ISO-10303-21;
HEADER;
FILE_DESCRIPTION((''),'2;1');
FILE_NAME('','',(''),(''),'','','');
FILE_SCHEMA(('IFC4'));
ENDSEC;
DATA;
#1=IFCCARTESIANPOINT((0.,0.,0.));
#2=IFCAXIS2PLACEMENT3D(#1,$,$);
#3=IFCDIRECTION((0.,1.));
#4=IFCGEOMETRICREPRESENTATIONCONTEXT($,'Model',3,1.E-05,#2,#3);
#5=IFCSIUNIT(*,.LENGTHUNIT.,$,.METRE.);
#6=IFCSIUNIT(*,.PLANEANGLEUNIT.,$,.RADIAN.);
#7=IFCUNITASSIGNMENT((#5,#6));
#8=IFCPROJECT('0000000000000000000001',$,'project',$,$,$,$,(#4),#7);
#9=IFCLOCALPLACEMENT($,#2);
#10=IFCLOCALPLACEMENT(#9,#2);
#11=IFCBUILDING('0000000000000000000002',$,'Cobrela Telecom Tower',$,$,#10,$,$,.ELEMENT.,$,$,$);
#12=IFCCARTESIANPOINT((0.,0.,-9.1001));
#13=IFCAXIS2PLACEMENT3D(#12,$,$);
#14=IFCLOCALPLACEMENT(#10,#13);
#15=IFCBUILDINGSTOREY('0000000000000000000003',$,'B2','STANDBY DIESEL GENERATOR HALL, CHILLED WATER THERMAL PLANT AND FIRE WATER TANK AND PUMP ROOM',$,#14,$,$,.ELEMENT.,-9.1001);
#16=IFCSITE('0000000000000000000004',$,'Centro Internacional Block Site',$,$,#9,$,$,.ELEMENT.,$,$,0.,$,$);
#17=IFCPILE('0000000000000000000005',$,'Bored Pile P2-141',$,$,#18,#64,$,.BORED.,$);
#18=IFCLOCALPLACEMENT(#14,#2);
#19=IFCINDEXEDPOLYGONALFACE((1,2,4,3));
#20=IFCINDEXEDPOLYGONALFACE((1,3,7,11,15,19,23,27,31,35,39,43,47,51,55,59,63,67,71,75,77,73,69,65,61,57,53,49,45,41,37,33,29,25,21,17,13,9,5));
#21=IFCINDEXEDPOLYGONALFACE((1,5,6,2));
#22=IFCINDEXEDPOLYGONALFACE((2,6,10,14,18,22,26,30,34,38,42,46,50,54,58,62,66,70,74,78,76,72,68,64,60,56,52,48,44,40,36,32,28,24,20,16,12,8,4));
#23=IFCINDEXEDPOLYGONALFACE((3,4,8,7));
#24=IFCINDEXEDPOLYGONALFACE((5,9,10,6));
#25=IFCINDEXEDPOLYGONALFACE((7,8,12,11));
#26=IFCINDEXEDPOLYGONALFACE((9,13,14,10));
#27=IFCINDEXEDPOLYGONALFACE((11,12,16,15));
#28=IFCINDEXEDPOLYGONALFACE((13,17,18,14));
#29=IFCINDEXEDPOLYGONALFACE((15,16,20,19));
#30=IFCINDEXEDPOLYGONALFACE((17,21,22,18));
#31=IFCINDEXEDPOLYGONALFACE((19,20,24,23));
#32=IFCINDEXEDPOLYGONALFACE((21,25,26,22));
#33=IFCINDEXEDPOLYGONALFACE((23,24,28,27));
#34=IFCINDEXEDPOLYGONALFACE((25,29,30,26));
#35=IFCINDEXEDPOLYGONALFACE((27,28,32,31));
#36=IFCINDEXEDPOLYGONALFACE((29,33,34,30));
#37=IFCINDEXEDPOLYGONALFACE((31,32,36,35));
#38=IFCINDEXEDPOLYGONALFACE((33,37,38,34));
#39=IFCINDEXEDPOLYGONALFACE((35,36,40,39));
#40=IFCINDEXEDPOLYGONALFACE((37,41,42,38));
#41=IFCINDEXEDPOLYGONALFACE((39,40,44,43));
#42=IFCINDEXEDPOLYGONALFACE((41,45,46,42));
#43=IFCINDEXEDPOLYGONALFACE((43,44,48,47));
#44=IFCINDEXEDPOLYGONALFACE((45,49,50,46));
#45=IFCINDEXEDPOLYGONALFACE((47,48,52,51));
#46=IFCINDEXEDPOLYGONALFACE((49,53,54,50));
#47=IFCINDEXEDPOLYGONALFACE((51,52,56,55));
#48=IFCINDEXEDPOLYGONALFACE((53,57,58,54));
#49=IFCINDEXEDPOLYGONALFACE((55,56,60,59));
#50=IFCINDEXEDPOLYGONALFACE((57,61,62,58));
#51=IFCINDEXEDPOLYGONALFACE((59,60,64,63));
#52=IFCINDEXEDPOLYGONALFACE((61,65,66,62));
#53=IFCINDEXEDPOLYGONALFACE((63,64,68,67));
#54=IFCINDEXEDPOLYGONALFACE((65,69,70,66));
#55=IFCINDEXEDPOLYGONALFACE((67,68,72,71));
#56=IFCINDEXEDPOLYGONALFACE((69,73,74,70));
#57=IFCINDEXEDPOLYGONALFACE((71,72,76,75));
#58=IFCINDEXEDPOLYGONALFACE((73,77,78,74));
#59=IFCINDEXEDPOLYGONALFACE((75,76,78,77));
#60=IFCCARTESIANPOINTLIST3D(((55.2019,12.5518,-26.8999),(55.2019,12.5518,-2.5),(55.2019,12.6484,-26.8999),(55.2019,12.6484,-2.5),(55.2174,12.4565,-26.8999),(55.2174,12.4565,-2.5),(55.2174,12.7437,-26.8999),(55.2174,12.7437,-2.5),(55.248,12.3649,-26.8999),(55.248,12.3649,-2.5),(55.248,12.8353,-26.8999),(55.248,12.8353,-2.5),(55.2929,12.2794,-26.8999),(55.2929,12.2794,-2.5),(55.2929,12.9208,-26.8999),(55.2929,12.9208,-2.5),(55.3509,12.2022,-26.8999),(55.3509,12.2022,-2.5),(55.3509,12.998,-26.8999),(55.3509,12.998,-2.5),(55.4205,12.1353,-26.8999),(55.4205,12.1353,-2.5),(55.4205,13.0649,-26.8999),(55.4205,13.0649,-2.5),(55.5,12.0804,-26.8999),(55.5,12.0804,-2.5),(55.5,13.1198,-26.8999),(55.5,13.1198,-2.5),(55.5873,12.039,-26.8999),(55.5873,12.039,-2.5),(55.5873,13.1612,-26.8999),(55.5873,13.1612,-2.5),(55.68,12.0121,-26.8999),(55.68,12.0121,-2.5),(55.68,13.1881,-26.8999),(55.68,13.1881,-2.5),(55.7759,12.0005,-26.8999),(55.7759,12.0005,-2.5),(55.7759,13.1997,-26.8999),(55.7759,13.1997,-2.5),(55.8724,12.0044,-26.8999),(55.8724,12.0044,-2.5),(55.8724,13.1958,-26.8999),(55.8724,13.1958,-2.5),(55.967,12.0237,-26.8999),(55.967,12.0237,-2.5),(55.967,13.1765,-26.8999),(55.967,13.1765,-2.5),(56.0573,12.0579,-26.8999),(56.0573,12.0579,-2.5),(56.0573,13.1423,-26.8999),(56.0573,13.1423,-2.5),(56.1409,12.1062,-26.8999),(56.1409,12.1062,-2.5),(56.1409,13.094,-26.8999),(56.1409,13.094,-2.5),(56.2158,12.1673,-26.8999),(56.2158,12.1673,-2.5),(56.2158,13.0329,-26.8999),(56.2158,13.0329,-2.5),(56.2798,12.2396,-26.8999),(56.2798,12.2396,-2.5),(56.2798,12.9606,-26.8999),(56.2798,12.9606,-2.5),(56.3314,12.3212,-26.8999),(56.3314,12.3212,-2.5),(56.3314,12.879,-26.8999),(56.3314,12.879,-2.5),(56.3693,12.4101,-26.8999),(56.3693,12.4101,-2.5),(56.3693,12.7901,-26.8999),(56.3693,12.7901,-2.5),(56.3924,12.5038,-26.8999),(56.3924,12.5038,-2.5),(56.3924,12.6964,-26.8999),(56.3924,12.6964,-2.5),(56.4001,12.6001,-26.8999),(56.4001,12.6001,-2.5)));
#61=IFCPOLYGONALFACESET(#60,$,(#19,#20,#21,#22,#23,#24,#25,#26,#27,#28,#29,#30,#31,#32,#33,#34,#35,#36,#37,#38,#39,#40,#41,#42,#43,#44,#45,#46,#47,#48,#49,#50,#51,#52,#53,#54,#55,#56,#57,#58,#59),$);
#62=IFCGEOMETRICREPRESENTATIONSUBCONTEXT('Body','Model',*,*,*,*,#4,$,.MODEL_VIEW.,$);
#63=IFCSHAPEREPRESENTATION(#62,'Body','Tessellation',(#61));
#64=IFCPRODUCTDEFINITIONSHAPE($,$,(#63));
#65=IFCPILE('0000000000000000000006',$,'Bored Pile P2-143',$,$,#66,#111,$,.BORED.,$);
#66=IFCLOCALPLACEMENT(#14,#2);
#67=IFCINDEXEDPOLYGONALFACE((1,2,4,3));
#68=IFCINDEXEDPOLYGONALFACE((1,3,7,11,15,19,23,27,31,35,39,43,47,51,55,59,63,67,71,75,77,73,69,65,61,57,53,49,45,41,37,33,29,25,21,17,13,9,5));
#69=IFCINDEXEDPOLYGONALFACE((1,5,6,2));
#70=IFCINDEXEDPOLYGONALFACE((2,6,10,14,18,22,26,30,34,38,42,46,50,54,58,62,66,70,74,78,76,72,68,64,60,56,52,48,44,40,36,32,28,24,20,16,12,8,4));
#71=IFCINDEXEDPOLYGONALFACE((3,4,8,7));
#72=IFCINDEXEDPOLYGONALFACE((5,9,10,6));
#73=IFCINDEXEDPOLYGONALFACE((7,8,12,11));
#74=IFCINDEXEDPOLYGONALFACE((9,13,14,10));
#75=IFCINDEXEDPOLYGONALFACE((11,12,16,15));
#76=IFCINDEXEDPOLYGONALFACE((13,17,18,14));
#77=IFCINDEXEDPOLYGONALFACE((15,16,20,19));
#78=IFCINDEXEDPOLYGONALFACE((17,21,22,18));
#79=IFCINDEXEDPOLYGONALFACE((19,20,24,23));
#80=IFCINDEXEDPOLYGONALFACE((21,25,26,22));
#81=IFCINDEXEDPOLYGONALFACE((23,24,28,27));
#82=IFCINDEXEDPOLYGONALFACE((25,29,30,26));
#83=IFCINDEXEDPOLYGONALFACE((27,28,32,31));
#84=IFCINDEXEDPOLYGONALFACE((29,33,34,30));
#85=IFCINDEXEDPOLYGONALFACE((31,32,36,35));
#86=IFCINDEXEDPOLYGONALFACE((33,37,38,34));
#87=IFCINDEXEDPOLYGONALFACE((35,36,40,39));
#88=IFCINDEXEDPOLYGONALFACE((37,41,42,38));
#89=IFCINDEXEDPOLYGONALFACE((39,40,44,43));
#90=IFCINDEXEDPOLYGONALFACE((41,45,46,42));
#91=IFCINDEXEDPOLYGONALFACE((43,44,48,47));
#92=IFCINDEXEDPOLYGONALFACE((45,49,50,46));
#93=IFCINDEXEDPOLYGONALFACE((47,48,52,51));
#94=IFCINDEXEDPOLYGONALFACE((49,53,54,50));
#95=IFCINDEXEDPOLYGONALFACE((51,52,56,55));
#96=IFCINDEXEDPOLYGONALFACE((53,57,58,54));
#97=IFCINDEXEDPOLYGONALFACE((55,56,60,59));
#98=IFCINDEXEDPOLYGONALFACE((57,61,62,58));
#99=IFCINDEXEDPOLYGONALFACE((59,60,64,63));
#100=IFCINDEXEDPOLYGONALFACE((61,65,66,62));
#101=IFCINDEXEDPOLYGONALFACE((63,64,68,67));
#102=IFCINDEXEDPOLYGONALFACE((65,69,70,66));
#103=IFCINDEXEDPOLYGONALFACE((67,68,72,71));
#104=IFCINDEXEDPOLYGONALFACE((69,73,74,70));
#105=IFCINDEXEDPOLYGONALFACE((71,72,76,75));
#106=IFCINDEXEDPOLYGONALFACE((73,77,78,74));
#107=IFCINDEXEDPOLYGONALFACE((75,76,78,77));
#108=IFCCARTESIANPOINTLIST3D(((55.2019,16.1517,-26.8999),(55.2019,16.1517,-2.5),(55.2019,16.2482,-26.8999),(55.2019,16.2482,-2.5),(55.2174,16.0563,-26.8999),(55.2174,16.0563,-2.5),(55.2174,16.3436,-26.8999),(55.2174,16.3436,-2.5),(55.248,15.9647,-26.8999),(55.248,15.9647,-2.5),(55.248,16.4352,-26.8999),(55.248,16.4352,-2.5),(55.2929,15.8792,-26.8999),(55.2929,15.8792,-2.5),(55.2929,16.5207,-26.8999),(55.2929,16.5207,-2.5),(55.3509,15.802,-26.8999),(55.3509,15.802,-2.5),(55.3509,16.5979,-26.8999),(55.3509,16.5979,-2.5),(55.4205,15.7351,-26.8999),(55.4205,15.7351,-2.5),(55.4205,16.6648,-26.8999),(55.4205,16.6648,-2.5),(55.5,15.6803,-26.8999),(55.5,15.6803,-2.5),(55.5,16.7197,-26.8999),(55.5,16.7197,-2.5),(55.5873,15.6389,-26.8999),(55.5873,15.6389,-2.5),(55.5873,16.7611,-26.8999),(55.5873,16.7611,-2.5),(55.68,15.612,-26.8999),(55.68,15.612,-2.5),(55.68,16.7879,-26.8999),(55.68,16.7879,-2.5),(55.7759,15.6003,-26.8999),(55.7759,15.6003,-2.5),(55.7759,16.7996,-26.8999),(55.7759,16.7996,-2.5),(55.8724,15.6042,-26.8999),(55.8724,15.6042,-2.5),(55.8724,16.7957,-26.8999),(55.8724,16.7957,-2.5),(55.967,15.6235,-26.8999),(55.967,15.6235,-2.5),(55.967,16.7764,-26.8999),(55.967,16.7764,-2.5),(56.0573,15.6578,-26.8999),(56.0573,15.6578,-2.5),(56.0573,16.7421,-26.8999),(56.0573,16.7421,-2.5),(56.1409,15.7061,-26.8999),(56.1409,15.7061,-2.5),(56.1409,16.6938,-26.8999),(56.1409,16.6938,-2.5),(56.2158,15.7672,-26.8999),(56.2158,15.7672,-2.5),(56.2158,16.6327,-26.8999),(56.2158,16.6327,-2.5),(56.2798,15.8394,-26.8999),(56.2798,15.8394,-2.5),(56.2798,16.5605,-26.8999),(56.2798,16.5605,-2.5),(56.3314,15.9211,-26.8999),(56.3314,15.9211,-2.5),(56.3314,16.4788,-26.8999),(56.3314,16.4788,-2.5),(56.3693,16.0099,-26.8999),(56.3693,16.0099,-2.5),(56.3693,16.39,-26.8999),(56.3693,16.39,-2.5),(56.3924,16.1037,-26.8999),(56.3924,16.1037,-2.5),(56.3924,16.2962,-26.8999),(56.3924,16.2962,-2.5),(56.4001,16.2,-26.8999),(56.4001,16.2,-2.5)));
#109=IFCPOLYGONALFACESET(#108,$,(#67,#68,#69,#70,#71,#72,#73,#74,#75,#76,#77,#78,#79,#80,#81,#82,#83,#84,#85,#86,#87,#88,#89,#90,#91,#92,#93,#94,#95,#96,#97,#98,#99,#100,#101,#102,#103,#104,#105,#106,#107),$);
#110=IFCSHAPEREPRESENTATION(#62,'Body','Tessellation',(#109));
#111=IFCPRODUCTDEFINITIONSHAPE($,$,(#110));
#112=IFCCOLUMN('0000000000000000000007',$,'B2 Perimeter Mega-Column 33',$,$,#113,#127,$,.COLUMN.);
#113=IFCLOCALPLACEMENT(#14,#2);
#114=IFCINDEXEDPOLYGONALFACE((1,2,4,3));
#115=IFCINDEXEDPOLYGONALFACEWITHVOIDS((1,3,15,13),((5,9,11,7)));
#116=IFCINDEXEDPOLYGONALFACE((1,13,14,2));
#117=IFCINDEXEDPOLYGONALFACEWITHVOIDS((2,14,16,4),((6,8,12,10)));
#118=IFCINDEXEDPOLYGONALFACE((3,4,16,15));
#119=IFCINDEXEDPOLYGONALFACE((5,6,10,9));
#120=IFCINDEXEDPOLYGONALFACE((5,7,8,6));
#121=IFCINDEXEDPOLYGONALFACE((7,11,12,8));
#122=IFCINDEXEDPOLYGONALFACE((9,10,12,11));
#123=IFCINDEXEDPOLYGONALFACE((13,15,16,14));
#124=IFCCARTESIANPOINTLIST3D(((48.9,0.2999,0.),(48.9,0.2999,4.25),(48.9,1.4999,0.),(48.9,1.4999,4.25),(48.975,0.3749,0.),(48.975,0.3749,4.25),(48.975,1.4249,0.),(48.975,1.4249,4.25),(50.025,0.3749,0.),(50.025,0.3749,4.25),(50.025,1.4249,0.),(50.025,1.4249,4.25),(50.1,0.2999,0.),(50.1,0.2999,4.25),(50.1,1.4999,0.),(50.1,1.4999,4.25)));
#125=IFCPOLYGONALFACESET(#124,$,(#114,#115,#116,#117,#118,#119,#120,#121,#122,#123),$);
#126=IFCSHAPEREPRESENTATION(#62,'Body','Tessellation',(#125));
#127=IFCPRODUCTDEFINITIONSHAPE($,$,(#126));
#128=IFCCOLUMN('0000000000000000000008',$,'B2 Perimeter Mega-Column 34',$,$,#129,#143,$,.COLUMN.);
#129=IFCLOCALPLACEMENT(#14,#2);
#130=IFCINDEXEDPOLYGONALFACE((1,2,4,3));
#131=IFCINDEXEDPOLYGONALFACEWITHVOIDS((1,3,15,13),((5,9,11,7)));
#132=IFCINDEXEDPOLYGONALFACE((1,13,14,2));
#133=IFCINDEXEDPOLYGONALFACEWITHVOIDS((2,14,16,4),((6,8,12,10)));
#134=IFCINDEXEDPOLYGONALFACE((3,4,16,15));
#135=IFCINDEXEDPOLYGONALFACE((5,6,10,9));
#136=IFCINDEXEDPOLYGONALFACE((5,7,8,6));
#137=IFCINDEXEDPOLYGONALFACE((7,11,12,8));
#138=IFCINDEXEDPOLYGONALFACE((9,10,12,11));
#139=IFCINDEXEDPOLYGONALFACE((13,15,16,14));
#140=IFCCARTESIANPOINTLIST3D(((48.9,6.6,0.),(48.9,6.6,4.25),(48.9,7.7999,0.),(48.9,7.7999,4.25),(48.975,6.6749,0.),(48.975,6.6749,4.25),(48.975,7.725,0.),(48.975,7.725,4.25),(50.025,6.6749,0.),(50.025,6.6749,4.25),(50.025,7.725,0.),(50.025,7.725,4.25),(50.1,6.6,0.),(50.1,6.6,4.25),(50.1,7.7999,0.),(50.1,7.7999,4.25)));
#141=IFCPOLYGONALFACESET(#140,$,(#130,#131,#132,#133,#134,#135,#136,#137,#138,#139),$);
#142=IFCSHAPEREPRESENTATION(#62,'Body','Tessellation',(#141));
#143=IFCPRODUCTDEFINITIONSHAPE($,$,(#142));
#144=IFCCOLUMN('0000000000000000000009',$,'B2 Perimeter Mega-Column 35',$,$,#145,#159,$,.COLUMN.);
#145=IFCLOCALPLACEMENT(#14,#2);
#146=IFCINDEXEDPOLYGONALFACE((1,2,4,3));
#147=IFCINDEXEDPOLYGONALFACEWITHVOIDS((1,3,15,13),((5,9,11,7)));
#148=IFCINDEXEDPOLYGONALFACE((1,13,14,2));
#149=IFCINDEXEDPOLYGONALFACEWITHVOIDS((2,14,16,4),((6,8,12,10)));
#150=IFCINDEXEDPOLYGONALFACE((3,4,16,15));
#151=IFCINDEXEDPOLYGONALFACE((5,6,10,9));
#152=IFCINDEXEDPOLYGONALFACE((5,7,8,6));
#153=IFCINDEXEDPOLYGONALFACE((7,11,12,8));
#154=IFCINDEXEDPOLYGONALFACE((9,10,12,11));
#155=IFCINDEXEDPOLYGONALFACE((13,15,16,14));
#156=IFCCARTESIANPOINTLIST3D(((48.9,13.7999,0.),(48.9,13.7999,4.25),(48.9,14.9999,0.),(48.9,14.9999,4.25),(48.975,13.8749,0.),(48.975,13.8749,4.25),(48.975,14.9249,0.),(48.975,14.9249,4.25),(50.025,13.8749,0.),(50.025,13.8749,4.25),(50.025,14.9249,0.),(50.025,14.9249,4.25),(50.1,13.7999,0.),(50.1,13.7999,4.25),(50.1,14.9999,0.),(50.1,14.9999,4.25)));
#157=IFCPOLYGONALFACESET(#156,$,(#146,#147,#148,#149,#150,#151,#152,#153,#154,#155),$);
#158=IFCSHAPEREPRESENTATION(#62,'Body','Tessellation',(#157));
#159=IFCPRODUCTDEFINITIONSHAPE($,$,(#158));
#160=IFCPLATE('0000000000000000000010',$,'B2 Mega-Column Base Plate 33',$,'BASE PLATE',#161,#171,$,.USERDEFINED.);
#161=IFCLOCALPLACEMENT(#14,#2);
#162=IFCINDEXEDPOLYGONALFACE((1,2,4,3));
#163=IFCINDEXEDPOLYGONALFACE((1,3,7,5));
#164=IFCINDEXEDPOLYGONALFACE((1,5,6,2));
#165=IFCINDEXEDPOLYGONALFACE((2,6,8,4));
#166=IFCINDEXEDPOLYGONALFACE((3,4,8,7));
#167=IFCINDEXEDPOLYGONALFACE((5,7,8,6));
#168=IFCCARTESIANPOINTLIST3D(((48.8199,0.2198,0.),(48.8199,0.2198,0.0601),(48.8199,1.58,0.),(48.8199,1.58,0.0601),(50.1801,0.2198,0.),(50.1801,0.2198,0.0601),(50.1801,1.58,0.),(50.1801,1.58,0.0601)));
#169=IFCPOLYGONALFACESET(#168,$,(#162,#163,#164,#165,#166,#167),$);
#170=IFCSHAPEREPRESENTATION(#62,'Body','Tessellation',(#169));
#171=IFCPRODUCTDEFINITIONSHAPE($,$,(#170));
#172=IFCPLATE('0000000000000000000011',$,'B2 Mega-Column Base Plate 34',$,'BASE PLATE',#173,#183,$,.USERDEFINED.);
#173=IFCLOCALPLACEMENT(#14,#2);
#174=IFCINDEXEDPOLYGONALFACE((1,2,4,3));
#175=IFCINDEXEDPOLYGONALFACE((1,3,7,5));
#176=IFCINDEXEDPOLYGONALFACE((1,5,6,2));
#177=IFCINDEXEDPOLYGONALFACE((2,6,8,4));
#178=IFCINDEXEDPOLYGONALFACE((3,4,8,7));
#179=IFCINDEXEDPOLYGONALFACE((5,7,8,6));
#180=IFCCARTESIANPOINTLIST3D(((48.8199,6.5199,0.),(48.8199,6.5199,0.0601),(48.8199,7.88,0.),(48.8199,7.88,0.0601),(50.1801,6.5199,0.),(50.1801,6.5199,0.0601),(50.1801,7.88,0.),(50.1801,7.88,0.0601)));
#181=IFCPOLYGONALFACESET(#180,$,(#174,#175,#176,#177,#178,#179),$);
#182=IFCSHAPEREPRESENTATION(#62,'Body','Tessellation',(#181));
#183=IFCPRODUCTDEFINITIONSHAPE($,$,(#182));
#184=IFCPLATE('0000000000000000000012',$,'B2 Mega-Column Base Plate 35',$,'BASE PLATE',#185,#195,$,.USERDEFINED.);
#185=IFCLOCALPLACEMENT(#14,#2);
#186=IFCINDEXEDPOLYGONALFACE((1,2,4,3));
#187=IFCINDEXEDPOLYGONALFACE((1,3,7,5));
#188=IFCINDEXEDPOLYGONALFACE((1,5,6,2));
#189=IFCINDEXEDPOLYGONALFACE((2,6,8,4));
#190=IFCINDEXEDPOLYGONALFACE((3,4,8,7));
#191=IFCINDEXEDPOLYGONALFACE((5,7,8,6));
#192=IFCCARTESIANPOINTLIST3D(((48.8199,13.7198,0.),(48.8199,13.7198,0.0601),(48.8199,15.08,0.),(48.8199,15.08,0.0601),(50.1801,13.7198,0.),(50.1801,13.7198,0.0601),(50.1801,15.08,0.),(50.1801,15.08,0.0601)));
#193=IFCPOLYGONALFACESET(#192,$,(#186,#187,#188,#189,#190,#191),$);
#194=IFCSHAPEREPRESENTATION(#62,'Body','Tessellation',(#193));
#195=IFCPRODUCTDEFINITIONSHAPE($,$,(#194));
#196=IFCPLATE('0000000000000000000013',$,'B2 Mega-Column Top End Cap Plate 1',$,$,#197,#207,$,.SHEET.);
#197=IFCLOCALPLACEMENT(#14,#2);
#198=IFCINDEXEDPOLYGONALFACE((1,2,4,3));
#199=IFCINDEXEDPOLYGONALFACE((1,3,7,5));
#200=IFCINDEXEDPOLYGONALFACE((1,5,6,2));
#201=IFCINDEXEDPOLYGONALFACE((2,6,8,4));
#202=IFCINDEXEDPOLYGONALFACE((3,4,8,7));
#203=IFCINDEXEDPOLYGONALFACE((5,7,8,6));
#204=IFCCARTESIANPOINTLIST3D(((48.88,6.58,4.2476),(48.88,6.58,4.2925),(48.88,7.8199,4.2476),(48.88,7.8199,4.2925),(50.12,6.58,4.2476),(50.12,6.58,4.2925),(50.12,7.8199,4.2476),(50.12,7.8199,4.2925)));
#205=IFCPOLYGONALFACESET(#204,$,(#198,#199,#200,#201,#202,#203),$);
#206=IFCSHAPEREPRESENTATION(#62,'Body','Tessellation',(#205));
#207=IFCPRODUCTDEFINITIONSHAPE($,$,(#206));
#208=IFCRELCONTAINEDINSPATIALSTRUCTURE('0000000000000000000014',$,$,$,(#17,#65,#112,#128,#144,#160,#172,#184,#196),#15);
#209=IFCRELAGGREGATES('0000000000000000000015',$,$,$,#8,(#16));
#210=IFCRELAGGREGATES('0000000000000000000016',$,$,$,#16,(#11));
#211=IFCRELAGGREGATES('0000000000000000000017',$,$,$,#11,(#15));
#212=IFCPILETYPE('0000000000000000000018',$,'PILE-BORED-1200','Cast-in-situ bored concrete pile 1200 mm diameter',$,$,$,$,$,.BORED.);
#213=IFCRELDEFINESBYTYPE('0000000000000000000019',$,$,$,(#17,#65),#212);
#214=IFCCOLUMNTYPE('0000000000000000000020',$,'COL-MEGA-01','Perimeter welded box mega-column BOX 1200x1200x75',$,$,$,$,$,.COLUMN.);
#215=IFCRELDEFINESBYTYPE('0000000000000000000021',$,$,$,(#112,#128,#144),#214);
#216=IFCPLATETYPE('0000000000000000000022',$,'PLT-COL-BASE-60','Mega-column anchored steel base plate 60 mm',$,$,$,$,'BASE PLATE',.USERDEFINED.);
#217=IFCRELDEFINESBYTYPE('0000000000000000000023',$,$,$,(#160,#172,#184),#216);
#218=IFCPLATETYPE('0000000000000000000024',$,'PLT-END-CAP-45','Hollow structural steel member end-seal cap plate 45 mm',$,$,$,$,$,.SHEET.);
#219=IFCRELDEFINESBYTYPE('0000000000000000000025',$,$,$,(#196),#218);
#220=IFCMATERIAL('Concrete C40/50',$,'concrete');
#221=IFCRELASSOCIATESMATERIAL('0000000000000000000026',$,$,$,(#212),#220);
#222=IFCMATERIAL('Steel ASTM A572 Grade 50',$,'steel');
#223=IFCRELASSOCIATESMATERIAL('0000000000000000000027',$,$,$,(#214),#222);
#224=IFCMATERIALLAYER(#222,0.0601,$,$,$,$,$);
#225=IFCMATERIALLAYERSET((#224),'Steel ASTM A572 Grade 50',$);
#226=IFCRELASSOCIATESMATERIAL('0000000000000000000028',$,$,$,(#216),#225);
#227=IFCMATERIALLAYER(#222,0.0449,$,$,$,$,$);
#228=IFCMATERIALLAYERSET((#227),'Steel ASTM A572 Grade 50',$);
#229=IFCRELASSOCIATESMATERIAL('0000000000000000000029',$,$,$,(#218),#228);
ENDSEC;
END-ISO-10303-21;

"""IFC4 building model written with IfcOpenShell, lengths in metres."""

from ifc_helpers import new_model, si_unit, direction, frame, origin, origin_2d, place, context, subcontext, project, spatial, rectangle, hollow_rectangle, circle, extrude, material, layer, layer_set, material_profile, profile_set, type_object, element, save


model = new_model("IFC4")

# Units and contexts
model_context = context("Model", 3, precision=1e-05, world=origin(), true_north=direction((0.0, 1.0)))
body_context = subcontext(model_context, "Body", "Model", "MODEL_VIEW")
ifc_project = project(units=[si_unit("LENGTHUNIT", "METRE"), si_unit("PLANEANGLEUNIT", "RADIAN")], contexts=[model_context])

# Site, building, storey
site_placement = place(None, origin())
site = spatial("IfcSite", under=ifc_project, at=site_placement, Name="Centro Internacional Block Site", CompositionType="ELEMENT", RefElevation=0.0)
building_placement = place(site_placement, origin())
building = spatial("IfcBuilding", under=site, at=building_placement, Name="Cobrela Telecom Tower", CompositionType="ELEMENT")
storey_placement = place(building_placement, frame((0.0, 0.0, -9.1001)))
storey = spatial("IfcBuildingStorey", under=building, at=storey_placement, Name="B2", Description="STANDBY DIESEL GENERATOR HALL, CHILLED WATER THERMAL PLANT AND FIRE WATER TANK AND PUMP ROOM", CompositionType="ELEMENT", Elevation=-9.1001)

# Shared definitions
ifc_material_1 = material(Name="Concrete C40/50", Category="concrete")

# Piles
ifc_material_profile_1 = material_profile(ifc_material_1, circle(Radius=0.6001, at=origin_2d()), Name="BORED PILE D1200")
ifc_profile_set_1 = profile_set([ifc_material_profile_1], Name="Concrete C40/50")
pile_type = type_object("IfcPileType", Name="PILE-BORED-1200", Description="Cast-in-situ bored concrete pile 1200 mm diameter", PredefinedType="BORED", material=ifc_profile_set_1)
for number, where, z_axis, x_axis, name in (
    (1, (55.8, 12.6001, -2.5), (0.0, 0.0, -1.0), (1.0, 0.0, 0.0), "Bored Pile P2-141"),
    (2, (55.8, 16.2, -2.5), (0.0, 0.0, -1.0), (1.0, 0.0, 0.0), "Bored Pile P2-143"),
):
    element("IfcPile", number, at=place(storey_placement, frame(where, z_axis=z_axis, x_axis=x_axis)), inside=storey, type_object=pile_type, Name=name, PredefinedType="BORED", context=body_context, shape_type="SweptSolid", body=[
        extrude(circle(Radius=0.6001, at=origin_2d()), origin(), (0.0, 0.0, 1.0), 24.3999),
    ])

# Columns
ifc_material_2 = material(Name="Steel ASTM A572 Grade 50", Category="steel")
ifc_material_profile_2 = material_profile(ifc_material_2, hollow_rectangle(XDim=1.2, YDim=1.2, WallThickness=0.075, at=origin_2d()), Name="BOX 1200x1200x75")
ifc_profile_set_2 = profile_set([ifc_material_profile_2], Name="Steel ASTM A572 Grade 50")
column_type = type_object("IfcColumnType", Name="COL-MEGA-01", Description="Perimeter welded box mega-column BOX 1200x1200x75", PredefinedType="COLUMN", material=ifc_profile_set_2)
for number, where, z_axis, x_axis, name in (
    (3, (49.5, 0.8999, 0.0), (0.0, 0.0, 1.0), (1.0, 0.0, 0.0), "B2 Perimeter Mega-Column 33"),
    (4, (49.5, 7.2, 0.0), (0.0, 0.0, 1.0), (1.0, 0.0, 0.0), "B2 Perimeter Mega-Column 34"),
    (5, (49.5, 14.3999, 0.0), (0.0, 0.0, 1.0), (1.0, 0.0, 0.0), "B2 Perimeter Mega-Column 35"),
):
    element("IfcColumn", number, at=place(storey_placement, frame(where, z_axis=z_axis, x_axis=x_axis)), inside=storey, type_object=column_type, Name=name, PredefinedType="COLUMN", context=body_context, shape_type="SweptSolid", body=[
        extrude(hollow_rectangle(XDim=1.2, YDim=1.2, WallThickness=0.075, at=origin_2d()), origin(), (0.0, 0.0, 1.0), 4.25),
    ])

# Plates
ifc_layer_1 = layer(ifc_material_2, 0.0601)
ifc_layer_set_1 = layer_set([ifc_layer_1], Name="Steel ASTM A572 Grade 50")
plate_type_1 = type_object("IfcPlateType", Name="PLT-COL-BASE-60", Description="Mega-column anchored steel base plate 60 mm", ElementType="BASE PLATE", PredefinedType="USERDEFINED", material=ifc_layer_set_1)
for number, where, z_axis, x_axis, name in (
    (6, (49.5, 0.8999, 0.0), (0.0, 0.0, 1.0), (1.0, 0.0, 0.0), "B2 Mega-Column Base Plate 33"),
    (7, (49.5, 7.2, 0.0), (0.0, 0.0, 1.0), (1.0, 0.0, 0.0), "B2 Mega-Column Base Plate 34"),
    (8, (49.5, 14.3999, 0.0), (0.0, 0.0, 1.0), (1.0, 0.0, 0.0), "B2 Mega-Column Base Plate 35"),
):
    element("IfcPlate", number, at=place(storey_placement, frame(where, z_axis=z_axis, x_axis=x_axis)), inside=storey, type_object=plate_type_1, Name=name, ObjectType="BASE PLATE", PredefinedType="USERDEFINED", context=body_context, shape_type="SweptSolid", body=[
        extrude(rectangle(XDim=1.3601, YDim=1.3601, at=origin_2d()), origin(), (0.0, 0.0, 1.0), 0.0601),
    ])
ifc_layer_2 = layer(ifc_material_2, 0.0449)
ifc_layer_set_2 = layer_set([ifc_layer_2], Name="Steel ASTM A572 Grade 50")
plate_type_2 = type_object("IfcPlateType", Name="PLT-END-CAP-45", Description="Hollow structural steel member end-seal cap plate 45 mm", PredefinedType="SHEET", material=ifc_layer_set_2)
plate_placement = place(storey_placement, frame((49.5, 7.2, 4.2476), z_axis=(0.0, 0.0, 1.0), x_axis=(1.0, 0.0, 0.0)))
element("IfcPlate", 9, at=plate_placement, inside=storey, type_object=plate_type_2, Name="B2 Mega-Column Top End Cap Plate 1", PredefinedType="SHEET", context=body_context, shape_type="SweptSolid", body=[
    extrude(rectangle(XDim=1.24, YDim=1.24, at=origin_2d()), origin(), (0.0, 0.0, 1.0), 0.0449),
])

save(model, "model.ifc")
